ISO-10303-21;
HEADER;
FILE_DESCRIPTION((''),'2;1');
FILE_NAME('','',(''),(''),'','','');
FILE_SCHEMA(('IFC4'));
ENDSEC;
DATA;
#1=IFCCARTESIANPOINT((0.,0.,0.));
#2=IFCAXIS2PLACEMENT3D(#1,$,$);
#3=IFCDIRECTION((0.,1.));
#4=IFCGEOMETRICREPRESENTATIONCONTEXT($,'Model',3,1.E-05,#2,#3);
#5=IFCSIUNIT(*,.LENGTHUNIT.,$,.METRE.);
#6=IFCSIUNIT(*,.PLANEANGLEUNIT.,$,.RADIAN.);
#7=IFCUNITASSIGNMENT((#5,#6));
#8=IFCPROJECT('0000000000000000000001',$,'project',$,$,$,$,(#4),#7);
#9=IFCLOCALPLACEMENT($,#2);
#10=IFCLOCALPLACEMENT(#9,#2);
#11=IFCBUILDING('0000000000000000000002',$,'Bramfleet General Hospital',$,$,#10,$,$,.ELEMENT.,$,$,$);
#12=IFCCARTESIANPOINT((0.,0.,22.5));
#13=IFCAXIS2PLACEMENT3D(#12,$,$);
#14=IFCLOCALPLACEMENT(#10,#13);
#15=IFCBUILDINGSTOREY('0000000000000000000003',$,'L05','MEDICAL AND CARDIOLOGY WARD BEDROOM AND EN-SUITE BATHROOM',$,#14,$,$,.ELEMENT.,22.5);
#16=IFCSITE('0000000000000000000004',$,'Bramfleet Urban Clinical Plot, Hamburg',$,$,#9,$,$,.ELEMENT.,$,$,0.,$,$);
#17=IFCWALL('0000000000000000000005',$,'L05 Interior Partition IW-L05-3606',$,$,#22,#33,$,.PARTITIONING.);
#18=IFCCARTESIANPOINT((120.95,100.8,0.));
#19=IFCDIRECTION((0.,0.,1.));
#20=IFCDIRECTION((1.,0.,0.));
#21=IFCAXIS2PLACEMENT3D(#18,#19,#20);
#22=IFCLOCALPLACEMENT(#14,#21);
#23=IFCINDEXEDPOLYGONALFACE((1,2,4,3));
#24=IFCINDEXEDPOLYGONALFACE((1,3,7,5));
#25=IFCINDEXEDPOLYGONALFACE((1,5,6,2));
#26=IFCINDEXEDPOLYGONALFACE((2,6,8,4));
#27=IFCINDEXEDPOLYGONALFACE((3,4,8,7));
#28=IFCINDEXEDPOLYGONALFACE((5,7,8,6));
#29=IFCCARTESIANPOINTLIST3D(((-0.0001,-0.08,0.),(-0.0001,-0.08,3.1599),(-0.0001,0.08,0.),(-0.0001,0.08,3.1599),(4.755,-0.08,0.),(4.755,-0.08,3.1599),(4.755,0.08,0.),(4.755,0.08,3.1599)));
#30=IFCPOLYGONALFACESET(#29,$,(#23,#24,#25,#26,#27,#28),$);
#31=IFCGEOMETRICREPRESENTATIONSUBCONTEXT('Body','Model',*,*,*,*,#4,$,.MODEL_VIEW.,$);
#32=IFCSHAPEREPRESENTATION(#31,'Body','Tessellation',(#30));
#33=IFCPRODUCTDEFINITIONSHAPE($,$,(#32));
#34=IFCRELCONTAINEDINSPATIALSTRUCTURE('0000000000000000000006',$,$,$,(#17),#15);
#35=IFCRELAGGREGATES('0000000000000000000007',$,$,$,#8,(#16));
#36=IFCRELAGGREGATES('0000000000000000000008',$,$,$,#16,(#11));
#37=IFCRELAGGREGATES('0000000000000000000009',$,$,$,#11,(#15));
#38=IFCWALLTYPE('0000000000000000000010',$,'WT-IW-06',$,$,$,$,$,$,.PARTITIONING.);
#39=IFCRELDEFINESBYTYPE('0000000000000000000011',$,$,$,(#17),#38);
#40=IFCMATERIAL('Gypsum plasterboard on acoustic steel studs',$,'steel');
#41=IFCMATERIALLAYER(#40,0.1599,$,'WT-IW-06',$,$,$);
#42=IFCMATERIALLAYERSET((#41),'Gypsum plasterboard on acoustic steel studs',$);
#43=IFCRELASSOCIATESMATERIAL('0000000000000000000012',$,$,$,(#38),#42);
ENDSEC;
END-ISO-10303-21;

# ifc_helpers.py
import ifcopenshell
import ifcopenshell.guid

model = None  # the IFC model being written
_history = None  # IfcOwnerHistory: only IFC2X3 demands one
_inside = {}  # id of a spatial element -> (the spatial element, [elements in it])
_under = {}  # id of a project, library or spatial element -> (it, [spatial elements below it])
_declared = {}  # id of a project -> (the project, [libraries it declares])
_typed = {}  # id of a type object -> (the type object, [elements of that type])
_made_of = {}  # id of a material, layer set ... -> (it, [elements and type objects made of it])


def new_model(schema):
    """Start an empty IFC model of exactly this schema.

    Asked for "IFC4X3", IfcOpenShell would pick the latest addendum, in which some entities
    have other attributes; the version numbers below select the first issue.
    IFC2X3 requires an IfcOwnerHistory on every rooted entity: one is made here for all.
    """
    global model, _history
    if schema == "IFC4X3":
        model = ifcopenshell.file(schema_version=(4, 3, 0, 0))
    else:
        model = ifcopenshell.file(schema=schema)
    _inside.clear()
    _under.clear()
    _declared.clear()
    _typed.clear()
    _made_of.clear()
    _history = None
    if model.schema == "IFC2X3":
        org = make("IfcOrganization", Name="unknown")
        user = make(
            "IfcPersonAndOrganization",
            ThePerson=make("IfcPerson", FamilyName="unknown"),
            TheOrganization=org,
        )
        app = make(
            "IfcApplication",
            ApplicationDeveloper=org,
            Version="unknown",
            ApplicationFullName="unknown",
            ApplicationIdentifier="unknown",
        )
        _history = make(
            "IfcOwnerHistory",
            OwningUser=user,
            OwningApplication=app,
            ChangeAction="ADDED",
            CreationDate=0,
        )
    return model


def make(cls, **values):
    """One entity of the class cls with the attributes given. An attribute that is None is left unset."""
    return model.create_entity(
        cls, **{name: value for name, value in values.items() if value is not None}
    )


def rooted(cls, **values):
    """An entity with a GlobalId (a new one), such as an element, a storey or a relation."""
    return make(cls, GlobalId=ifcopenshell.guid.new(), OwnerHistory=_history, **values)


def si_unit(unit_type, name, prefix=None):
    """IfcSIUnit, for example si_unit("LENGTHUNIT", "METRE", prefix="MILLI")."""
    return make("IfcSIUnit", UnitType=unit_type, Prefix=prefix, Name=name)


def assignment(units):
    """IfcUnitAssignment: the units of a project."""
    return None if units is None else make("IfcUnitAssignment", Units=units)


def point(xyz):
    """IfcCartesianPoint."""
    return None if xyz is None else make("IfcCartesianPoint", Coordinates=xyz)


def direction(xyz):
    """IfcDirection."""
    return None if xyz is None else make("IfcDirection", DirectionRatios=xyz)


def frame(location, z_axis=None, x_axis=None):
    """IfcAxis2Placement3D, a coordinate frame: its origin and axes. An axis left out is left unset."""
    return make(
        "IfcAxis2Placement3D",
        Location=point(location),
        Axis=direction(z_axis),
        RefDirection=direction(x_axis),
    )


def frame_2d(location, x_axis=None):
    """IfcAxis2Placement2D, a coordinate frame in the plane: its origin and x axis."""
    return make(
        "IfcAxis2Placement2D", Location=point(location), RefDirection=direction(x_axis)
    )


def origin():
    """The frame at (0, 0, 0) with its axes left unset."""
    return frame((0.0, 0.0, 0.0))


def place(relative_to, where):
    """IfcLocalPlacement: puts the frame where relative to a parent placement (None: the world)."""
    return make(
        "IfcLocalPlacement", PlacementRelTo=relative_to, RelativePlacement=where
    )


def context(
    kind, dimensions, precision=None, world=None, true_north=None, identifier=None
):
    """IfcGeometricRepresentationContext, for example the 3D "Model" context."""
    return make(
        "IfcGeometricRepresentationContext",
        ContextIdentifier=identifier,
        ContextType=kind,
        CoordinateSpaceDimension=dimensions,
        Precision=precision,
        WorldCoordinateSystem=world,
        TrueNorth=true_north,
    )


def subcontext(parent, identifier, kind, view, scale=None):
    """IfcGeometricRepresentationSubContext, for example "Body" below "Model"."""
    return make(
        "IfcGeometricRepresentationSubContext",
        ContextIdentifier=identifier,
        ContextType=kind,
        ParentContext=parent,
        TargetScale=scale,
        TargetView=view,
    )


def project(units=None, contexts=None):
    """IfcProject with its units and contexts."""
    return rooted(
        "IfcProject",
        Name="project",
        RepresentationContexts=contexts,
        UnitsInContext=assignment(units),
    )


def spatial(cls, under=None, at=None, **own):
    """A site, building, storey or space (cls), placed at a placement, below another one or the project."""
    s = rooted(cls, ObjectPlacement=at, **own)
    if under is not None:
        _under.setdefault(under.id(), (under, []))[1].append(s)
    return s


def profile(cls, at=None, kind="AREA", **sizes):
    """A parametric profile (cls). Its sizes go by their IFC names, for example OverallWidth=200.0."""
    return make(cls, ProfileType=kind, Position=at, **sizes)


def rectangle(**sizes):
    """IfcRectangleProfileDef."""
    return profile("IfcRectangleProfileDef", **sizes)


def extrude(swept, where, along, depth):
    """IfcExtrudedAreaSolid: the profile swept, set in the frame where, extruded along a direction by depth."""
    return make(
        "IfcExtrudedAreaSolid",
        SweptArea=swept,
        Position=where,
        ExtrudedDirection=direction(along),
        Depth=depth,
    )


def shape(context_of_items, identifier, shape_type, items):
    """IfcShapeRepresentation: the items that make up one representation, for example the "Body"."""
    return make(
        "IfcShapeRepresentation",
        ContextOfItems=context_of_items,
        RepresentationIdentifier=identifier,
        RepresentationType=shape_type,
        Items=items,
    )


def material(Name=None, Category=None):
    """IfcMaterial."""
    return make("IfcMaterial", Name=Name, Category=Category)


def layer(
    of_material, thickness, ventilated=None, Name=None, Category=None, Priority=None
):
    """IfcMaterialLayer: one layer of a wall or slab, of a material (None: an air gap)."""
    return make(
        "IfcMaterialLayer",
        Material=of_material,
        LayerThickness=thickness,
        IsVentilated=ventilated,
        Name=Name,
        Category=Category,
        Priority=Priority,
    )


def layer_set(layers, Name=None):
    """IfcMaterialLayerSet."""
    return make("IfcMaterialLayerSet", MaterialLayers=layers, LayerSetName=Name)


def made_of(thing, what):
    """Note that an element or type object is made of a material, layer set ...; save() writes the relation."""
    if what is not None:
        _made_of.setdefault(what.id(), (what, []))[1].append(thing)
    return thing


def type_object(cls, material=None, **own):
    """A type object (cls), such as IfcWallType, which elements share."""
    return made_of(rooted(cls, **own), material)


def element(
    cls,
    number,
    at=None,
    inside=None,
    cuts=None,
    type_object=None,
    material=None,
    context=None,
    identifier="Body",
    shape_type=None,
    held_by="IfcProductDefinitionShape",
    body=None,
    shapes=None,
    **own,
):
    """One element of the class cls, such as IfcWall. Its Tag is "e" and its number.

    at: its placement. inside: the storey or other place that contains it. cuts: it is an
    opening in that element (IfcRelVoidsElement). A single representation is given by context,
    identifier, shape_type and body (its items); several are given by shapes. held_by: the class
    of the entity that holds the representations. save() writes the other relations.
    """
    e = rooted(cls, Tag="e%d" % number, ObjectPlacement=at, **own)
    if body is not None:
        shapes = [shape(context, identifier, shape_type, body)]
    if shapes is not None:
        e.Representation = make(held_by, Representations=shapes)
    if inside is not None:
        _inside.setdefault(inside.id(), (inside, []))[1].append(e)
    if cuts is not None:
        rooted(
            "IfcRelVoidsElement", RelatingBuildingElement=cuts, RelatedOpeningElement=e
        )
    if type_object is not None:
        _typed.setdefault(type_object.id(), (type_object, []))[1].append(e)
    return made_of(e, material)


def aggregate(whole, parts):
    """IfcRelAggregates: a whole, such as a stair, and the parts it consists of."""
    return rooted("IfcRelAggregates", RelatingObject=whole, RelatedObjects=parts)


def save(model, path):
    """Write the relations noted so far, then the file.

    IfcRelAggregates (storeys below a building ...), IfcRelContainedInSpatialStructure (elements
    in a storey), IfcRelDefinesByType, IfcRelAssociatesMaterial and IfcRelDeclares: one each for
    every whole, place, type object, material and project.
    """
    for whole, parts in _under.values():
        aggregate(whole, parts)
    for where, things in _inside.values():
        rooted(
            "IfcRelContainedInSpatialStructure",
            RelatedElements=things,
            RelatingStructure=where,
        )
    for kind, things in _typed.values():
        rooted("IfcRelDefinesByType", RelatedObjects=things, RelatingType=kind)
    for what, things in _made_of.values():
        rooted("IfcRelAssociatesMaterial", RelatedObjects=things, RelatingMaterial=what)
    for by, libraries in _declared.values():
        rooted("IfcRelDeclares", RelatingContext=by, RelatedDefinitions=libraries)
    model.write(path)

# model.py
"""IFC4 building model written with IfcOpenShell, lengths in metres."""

from ifc_helpers import new_model, si_unit, direction, frame, frame_2d, origin, place, context, subcontext, project, spatial, rectangle, extrude, material, layer, layer_set, type_object, element, save


model = new_model("IFC4")

# Units and contexts
model_context = context("Model", 3, precision=1e-05, world=origin(), true_north=direction((0.0, 1.0)))
body_context = subcontext(model_context, "Body", "Model", "MODEL_VIEW")
ifc_project = project(units=[si_unit("LENGTHUNIT", "METRE"), si_unit("PLANEANGLEUNIT", "RADIAN")], contexts=[model_context])

# Site, building, storey
site_placement = place(None, origin())
site = spatial("IfcSite", under=ifc_project, at=site_placement, Name="Bramfleet Urban Clinical Plot, Hamburg", CompositionType="ELEMENT", RefElevation=0.0)
building_placement = place(site_placement, origin())
building = spatial("IfcBuilding", under=site, at=building_placement, Name="Bramfleet General Hospital", CompositionType="ELEMENT")
storey_placement = place(building_placement, frame((0.0, 0.0, 22.5)))
storey = spatial("IfcBuildingStorey", under=building, at=storey_placement, Name="L05", Description="MEDICAL AND CARDIOLOGY WARD BEDROOM AND EN-SUITE BATHROOM", CompositionType="ELEMENT", Elevation=22.5)

# Shared definitions
ifc_material_1 = material(Name="Gypsum plasterboard on acoustic steel studs", Category="steel")

# Wall
ifc_layer_1 = layer(ifc_material_1, 0.1599, Name="WT-IW-06")
ifc_layer_set_1 = layer_set([ifc_layer_1], Name="Gypsum plasterboard on acoustic steel studs")
wall_type_1 = type_object("IfcWallType", Name="WT-IW-06", PredefinedType="PARTITIONING", material=ifc_layer_set_1)
wall_1_placement = place(storey_placement, frame((120.95, 100.8, 0.0), z_axis=(0.0, 0.0, 1.0), x_axis=(1.0, 0.0, 0.0)))
element("IfcWall", 1, at=wall_1_placement, inside=storey, type_object=wall_type_1, Name="L05 Interior Partition IW-L05-3606", PredefinedType="PARTITIONING", context=body_context, shape_type="SweptSolid", body=[
    extrude(rectangle(XDim=4.7551, YDim=0.1599, at=frame_2d((2.3774, 0.0))), origin(), (0.0, 0.0, 1.0), 3.1599),
])

save(model, "model.ifc")
